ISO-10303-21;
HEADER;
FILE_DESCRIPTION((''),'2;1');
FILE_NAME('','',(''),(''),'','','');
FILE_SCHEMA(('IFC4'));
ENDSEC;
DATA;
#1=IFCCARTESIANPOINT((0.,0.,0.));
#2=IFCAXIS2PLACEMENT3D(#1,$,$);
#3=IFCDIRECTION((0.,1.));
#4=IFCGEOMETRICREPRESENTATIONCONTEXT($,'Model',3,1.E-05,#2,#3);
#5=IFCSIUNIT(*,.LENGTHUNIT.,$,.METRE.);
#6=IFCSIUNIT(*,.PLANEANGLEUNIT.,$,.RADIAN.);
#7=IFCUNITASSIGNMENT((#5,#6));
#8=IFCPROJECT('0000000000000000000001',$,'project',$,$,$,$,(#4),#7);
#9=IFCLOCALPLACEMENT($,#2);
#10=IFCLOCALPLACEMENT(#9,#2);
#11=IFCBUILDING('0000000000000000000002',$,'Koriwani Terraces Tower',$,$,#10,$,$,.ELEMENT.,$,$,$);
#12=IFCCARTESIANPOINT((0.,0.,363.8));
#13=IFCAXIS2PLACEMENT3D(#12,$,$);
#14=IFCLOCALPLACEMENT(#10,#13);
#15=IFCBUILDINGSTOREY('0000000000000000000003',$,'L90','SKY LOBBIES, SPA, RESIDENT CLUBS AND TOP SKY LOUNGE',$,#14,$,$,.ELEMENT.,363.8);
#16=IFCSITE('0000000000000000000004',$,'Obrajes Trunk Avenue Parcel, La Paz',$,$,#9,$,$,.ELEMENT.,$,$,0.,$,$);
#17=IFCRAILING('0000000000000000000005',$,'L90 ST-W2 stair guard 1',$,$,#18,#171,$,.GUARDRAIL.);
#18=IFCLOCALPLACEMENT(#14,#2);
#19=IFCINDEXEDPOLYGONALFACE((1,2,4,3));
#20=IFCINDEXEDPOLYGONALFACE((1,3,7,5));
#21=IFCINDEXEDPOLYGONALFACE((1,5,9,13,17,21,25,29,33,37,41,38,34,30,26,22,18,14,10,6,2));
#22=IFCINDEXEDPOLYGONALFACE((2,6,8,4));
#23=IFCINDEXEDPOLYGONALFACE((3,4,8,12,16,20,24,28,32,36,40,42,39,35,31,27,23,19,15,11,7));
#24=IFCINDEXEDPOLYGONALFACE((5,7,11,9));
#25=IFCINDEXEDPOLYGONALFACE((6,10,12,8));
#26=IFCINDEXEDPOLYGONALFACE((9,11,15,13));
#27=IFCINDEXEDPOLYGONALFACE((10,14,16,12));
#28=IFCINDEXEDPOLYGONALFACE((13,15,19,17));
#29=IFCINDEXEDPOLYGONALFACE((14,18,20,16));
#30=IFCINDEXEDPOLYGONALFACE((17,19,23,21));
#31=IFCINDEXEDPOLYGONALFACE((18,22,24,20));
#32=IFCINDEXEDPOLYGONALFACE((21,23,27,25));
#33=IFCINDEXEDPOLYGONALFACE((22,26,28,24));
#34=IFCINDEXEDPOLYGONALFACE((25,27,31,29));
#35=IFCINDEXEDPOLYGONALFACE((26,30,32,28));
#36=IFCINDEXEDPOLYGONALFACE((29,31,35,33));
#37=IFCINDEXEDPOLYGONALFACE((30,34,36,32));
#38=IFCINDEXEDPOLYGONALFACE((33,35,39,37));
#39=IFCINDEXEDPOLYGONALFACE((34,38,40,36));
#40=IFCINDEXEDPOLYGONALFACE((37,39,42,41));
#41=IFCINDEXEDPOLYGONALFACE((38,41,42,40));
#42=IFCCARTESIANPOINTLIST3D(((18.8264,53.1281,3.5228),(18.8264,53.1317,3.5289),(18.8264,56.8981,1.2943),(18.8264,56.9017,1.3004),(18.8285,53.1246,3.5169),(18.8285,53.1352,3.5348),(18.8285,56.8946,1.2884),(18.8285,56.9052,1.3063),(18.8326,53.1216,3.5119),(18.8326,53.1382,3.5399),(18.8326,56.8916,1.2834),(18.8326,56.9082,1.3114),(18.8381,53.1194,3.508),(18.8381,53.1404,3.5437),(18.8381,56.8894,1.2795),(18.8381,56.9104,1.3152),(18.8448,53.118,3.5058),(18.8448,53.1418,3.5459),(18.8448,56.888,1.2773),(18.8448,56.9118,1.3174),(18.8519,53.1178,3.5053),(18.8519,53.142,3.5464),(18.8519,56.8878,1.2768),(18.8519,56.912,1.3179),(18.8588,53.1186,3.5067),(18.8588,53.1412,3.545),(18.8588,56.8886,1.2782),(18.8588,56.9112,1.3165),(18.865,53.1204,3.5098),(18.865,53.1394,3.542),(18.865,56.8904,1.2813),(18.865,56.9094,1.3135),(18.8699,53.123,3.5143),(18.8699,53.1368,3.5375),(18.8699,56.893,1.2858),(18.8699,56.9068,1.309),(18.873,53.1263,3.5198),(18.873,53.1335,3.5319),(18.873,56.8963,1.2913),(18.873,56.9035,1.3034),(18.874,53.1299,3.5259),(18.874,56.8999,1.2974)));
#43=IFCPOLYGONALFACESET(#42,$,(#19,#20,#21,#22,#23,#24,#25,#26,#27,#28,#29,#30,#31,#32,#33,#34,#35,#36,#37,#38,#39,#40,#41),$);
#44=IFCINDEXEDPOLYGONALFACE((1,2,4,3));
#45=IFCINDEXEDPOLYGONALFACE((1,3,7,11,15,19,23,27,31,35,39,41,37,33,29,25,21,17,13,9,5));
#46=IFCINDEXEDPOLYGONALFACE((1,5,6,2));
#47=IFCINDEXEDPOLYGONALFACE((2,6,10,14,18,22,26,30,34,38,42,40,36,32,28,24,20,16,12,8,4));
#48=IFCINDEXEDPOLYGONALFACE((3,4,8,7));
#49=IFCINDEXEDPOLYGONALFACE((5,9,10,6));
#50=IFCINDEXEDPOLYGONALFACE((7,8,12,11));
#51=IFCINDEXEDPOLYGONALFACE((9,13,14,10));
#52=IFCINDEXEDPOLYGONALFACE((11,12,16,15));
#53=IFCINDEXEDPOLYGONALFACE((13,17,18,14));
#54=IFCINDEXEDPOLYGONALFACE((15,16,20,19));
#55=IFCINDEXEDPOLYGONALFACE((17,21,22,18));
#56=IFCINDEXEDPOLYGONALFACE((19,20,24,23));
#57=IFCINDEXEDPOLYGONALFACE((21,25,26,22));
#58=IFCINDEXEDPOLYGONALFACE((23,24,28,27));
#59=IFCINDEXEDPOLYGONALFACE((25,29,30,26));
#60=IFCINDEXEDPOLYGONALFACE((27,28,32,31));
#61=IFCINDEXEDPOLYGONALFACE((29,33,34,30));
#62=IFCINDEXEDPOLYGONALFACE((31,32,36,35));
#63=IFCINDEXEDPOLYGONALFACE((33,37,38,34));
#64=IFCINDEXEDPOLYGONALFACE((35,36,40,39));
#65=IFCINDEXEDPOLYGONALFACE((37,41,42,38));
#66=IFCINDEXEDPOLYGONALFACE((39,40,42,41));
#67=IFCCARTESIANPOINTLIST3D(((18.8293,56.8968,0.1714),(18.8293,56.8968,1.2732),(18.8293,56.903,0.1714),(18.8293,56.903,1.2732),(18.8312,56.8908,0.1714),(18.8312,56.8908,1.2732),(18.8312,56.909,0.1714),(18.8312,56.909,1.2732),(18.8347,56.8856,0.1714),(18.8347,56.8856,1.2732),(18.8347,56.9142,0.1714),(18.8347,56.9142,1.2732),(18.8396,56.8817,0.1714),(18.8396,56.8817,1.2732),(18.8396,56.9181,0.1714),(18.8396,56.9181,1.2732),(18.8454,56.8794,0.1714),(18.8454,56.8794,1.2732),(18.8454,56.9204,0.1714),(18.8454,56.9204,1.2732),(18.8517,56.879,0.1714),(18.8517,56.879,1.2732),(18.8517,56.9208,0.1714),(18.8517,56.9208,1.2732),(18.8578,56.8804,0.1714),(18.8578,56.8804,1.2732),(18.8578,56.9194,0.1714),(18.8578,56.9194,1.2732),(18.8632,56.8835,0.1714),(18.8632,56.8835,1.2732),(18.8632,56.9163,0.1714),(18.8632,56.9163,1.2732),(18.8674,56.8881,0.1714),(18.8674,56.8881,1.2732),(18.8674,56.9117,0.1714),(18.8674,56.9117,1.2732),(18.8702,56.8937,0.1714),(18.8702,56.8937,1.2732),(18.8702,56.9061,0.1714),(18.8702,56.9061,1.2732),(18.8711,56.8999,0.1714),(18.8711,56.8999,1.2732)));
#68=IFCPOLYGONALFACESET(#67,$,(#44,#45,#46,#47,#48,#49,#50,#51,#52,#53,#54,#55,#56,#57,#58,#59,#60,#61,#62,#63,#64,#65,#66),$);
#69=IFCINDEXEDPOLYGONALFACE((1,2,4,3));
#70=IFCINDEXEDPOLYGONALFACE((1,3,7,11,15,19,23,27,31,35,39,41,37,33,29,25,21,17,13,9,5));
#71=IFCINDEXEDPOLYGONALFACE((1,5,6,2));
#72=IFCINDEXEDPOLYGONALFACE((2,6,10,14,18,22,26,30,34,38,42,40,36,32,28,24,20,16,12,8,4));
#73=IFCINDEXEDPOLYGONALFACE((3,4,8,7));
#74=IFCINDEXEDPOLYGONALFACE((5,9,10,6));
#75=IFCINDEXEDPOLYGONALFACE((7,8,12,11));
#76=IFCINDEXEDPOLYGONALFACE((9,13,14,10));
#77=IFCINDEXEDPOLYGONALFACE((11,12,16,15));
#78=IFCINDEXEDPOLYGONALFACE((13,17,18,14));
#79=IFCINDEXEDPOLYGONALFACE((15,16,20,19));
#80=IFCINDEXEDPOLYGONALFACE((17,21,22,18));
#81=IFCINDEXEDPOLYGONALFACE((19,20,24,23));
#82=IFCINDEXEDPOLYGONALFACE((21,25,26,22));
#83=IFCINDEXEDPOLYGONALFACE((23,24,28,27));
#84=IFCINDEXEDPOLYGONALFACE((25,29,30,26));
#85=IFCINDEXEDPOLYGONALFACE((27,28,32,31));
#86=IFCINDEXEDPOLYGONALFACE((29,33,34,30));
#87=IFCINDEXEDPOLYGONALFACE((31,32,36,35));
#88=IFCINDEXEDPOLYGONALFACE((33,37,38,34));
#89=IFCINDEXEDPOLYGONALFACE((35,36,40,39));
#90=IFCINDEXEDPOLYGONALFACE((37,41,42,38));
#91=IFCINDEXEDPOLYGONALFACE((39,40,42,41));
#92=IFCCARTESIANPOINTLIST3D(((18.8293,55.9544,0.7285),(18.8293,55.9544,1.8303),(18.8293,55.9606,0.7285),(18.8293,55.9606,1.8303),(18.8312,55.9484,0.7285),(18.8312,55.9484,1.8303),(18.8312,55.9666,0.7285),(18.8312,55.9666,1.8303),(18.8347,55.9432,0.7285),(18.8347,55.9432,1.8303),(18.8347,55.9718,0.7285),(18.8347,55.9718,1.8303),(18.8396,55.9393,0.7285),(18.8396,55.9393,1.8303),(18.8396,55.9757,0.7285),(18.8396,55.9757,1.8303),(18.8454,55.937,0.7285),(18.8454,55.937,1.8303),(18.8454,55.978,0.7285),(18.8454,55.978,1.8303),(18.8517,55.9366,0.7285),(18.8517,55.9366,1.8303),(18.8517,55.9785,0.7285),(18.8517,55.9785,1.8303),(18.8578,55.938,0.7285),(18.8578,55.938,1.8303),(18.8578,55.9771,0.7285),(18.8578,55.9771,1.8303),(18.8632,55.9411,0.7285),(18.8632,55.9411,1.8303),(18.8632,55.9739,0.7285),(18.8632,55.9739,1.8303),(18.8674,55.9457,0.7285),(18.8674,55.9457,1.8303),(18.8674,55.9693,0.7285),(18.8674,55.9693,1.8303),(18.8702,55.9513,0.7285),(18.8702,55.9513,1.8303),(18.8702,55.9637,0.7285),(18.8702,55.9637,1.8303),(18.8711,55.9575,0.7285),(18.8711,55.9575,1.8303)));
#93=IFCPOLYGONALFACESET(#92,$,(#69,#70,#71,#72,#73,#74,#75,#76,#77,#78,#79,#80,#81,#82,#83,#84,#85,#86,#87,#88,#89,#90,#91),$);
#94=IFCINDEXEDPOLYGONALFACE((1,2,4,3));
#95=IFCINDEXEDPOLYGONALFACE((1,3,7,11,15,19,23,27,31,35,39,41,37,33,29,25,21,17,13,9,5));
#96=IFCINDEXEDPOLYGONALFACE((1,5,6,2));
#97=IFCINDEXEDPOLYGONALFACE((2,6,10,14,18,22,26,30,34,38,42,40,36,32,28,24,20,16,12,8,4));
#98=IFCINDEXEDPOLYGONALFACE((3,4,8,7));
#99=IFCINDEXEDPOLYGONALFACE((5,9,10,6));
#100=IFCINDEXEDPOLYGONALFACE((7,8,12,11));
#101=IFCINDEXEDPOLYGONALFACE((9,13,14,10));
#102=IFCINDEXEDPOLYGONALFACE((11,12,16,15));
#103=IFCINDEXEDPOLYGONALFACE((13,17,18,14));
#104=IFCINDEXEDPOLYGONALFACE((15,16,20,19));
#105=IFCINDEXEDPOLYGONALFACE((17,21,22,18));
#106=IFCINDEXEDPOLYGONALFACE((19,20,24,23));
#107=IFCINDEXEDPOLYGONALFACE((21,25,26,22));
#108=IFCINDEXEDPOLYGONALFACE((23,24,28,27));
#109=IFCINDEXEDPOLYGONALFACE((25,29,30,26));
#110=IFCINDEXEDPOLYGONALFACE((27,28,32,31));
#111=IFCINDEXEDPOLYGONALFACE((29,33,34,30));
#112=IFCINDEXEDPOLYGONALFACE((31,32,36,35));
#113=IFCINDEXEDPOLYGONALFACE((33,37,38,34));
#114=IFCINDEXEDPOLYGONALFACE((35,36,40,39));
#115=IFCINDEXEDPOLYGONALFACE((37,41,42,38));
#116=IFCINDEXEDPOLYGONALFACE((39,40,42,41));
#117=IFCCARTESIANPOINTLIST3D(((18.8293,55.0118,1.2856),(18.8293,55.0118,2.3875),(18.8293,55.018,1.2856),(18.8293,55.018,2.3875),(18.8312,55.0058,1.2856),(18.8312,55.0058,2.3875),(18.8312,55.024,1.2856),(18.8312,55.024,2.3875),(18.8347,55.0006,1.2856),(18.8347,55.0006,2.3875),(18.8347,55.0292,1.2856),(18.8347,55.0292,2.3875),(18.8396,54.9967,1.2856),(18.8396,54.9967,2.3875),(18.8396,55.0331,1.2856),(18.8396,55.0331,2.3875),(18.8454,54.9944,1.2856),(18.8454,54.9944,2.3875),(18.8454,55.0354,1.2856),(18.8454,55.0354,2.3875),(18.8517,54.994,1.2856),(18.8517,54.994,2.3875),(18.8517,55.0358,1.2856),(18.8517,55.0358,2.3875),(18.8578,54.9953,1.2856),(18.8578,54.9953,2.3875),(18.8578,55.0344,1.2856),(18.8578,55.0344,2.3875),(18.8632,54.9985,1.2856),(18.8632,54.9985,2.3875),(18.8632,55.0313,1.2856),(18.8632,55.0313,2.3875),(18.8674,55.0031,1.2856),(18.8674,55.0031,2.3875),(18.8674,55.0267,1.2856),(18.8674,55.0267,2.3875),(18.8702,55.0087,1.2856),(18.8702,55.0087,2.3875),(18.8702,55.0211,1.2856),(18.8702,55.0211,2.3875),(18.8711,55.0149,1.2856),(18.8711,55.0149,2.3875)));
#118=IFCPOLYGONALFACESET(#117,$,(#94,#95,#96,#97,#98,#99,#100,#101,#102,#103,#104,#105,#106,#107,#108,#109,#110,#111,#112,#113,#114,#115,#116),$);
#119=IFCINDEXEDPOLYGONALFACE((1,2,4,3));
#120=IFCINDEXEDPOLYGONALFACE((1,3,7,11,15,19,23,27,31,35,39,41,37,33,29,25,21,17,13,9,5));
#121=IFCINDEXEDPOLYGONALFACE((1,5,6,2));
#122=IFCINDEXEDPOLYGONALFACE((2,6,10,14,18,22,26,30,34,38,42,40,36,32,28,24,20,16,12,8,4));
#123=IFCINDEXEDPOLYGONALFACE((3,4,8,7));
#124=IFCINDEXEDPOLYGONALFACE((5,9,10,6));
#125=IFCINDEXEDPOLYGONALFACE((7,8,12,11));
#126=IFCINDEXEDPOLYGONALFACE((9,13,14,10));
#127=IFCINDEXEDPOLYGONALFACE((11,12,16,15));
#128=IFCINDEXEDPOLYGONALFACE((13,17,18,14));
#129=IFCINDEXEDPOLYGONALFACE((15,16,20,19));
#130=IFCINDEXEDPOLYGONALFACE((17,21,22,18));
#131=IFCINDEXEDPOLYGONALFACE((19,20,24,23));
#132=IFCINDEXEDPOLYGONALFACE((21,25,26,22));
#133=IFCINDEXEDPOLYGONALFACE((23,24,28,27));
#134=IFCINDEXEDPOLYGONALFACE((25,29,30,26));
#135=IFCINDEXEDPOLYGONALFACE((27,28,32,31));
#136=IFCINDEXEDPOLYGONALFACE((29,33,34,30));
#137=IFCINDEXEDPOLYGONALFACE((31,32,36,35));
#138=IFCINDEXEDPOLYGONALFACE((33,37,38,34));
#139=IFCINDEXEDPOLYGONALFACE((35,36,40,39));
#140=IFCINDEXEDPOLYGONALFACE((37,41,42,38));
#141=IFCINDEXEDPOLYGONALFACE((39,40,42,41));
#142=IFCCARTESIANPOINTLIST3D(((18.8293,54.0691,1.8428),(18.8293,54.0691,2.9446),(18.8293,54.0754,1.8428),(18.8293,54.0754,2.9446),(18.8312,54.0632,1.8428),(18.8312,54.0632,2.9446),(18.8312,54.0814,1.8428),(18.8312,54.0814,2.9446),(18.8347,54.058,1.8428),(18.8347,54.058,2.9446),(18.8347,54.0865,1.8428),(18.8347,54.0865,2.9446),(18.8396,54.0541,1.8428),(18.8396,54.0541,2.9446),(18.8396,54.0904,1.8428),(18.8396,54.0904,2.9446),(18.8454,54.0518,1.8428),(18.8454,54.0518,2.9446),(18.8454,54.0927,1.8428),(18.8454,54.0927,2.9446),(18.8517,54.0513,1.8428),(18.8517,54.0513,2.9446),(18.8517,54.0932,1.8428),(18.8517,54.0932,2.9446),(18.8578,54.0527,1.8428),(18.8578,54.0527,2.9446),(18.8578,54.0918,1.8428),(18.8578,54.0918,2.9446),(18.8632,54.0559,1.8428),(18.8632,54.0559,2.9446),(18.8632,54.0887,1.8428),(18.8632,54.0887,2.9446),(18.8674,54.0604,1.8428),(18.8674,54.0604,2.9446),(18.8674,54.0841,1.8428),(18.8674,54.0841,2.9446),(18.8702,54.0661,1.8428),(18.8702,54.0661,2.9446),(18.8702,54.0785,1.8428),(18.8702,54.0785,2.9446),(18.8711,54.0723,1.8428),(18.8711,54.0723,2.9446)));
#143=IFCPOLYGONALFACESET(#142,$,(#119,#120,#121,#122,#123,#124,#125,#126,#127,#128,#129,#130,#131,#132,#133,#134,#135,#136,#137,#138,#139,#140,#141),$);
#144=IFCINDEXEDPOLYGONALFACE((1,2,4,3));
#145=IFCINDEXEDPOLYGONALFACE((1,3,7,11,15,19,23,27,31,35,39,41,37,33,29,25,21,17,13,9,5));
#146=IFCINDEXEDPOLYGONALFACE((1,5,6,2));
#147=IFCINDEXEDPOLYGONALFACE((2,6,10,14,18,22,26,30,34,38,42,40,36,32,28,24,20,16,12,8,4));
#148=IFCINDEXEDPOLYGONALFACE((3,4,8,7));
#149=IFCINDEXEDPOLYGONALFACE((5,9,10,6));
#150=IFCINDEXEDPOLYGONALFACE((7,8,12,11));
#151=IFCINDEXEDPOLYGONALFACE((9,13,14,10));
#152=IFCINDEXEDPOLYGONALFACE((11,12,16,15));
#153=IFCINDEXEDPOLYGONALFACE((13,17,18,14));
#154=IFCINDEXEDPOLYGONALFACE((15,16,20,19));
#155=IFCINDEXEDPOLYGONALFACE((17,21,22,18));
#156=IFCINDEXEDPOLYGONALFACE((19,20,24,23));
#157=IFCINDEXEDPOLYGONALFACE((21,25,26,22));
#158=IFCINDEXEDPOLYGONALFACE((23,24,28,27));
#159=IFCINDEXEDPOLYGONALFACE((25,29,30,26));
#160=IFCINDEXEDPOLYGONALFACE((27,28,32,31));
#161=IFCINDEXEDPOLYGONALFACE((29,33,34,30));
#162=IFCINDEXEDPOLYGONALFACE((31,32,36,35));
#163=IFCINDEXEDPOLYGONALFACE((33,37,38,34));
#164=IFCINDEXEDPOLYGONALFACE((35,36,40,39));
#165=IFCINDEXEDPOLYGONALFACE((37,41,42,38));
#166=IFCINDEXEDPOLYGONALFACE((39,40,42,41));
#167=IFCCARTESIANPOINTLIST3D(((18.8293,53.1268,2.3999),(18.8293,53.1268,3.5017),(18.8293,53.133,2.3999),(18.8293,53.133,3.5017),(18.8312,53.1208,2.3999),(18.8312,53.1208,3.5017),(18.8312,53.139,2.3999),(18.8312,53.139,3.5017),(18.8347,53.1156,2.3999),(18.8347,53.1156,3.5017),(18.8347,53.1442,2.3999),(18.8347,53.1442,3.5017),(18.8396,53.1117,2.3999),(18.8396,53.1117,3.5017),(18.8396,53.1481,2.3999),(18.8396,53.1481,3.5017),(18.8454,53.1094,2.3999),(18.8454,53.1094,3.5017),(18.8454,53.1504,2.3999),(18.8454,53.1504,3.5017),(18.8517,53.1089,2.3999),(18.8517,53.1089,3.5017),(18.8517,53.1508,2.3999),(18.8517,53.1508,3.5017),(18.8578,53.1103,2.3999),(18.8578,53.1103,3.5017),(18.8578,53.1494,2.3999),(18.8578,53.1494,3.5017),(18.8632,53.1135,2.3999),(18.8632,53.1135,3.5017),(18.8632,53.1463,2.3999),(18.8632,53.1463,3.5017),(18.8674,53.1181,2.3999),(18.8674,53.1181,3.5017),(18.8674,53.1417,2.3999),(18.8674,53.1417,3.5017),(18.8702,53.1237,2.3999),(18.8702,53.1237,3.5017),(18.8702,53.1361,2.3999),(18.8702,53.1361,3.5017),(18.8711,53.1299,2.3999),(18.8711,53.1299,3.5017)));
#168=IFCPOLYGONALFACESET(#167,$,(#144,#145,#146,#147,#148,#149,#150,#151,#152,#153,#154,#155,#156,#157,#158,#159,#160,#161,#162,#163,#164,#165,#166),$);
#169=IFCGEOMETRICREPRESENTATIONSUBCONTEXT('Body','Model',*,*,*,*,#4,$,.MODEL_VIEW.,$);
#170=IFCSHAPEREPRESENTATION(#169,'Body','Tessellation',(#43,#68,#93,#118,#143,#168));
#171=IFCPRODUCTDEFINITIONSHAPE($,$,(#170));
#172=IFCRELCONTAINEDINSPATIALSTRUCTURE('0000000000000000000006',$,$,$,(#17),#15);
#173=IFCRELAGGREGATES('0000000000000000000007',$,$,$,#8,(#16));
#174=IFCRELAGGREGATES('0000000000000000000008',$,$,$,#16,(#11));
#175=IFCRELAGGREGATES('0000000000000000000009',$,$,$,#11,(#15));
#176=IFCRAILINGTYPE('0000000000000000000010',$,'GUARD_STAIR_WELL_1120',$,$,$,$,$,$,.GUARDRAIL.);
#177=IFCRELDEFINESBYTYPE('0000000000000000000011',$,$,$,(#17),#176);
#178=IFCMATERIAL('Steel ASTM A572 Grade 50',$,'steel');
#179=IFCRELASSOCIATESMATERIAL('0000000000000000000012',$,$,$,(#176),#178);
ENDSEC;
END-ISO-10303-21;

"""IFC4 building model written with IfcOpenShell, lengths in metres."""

from ifc_helpers import new_model, si_unit, direction, frame, origin, origin_2d, place, context, subcontext, project, spatial, circle, extrude, material, type_object, element, save


model = new_model("IFC4")

# Units and contexts
model_context = context("Model", 3, precision=1e-05, world=origin(), true_north=direction((0.0, 1.0)))
body_context = subcontext(model_context, "Body", "Model", "MODEL_VIEW")
ifc_project = project(units=[si_unit("LENGTHUNIT", "METRE"), si_unit("PLANEANGLEUNIT", "RADIAN")], contexts=[model_context])

# Site, building, storey
site_placement = place(None, origin())
site = spatial("IfcSite", under=ifc_project, at=site_placement, Name="Obrajes Trunk Avenue Parcel, La Paz", CompositionType="ELEMENT", RefElevation=0.0)
building_placement = place(site_placement, origin())
building = spatial("IfcBuilding", under=site, at=building_placement, Name="Koriwani Terraces Tower", CompositionType="ELEMENT")
storey_placement = place(building_placement, frame((0.0, 0.0, 363.8)))
storey = spatial("IfcBuildingStorey", under=building, at=storey_placement, Name="L90", Description="SKY LOBBIES, SPA, RESIDENT CLUBS AND TOP SKY LOUNGE", CompositionType="ELEMENT", Elevation=363.8)

# Shared definitions
ifc_material_1 = material(Name="Steel ASTM A572 Grade 50", Category="steel")

# Railing
railing_type_1 = type_object("IfcRailingType", Name="GUARD_STAIR_WELL_1120", PredefinedType="GUARDRAIL", material=ifc_material_1)
railing_1_placement = place(storey_placement, frame((18.8501, 56.8999, 0.1714)))
element("IfcRailing", 1, at=railing_1_placement, inside=storey, type_object=railing_type_1, Name="L90 ST-W2 stair guard 1", PredefinedType="GUARDRAIL", context=body_context, shape_type="SweptSolid", body=[
    extrude(circle(Radius=0.0239, at=origin_2d()), frame((0.0, 0.0, 1.126), z_axis=(0.0, -0.860849, 0.508861), x_axis=(1.0, 0.0, 0.0)), (0.0, 0.0, 1.0), 4.3794),
    extrude(circle(Radius=0.021, at=origin_2d()), origin(), (0.0, 0.0, 1.0), 1.1018),
    extrude(circle(Radius=0.021, at=origin_2d()), frame((0.0, -0.9424, 0.5571)), (0.0, 0.0, 1.0), 1.1018),
    extrude(circle(Radius=0.021, at=origin_2d()), frame((0.0, -1.885, 1.1143)), (0.0, 0.0, 1.0), 1.1018),
    extrude(circle(Radius=0.021, at=origin_2d()), frame((0.0, -2.8276, 1.6714)), (0.0, 0.0, 1.0), 1.1018),
    extrude(circle(Radius=0.021, at=origin_2d()), frame((0.0, -3.77, 2.2285)), (0.0, 0.0, 1.0), 1.1018),
])

save(model, "model.ifc")
